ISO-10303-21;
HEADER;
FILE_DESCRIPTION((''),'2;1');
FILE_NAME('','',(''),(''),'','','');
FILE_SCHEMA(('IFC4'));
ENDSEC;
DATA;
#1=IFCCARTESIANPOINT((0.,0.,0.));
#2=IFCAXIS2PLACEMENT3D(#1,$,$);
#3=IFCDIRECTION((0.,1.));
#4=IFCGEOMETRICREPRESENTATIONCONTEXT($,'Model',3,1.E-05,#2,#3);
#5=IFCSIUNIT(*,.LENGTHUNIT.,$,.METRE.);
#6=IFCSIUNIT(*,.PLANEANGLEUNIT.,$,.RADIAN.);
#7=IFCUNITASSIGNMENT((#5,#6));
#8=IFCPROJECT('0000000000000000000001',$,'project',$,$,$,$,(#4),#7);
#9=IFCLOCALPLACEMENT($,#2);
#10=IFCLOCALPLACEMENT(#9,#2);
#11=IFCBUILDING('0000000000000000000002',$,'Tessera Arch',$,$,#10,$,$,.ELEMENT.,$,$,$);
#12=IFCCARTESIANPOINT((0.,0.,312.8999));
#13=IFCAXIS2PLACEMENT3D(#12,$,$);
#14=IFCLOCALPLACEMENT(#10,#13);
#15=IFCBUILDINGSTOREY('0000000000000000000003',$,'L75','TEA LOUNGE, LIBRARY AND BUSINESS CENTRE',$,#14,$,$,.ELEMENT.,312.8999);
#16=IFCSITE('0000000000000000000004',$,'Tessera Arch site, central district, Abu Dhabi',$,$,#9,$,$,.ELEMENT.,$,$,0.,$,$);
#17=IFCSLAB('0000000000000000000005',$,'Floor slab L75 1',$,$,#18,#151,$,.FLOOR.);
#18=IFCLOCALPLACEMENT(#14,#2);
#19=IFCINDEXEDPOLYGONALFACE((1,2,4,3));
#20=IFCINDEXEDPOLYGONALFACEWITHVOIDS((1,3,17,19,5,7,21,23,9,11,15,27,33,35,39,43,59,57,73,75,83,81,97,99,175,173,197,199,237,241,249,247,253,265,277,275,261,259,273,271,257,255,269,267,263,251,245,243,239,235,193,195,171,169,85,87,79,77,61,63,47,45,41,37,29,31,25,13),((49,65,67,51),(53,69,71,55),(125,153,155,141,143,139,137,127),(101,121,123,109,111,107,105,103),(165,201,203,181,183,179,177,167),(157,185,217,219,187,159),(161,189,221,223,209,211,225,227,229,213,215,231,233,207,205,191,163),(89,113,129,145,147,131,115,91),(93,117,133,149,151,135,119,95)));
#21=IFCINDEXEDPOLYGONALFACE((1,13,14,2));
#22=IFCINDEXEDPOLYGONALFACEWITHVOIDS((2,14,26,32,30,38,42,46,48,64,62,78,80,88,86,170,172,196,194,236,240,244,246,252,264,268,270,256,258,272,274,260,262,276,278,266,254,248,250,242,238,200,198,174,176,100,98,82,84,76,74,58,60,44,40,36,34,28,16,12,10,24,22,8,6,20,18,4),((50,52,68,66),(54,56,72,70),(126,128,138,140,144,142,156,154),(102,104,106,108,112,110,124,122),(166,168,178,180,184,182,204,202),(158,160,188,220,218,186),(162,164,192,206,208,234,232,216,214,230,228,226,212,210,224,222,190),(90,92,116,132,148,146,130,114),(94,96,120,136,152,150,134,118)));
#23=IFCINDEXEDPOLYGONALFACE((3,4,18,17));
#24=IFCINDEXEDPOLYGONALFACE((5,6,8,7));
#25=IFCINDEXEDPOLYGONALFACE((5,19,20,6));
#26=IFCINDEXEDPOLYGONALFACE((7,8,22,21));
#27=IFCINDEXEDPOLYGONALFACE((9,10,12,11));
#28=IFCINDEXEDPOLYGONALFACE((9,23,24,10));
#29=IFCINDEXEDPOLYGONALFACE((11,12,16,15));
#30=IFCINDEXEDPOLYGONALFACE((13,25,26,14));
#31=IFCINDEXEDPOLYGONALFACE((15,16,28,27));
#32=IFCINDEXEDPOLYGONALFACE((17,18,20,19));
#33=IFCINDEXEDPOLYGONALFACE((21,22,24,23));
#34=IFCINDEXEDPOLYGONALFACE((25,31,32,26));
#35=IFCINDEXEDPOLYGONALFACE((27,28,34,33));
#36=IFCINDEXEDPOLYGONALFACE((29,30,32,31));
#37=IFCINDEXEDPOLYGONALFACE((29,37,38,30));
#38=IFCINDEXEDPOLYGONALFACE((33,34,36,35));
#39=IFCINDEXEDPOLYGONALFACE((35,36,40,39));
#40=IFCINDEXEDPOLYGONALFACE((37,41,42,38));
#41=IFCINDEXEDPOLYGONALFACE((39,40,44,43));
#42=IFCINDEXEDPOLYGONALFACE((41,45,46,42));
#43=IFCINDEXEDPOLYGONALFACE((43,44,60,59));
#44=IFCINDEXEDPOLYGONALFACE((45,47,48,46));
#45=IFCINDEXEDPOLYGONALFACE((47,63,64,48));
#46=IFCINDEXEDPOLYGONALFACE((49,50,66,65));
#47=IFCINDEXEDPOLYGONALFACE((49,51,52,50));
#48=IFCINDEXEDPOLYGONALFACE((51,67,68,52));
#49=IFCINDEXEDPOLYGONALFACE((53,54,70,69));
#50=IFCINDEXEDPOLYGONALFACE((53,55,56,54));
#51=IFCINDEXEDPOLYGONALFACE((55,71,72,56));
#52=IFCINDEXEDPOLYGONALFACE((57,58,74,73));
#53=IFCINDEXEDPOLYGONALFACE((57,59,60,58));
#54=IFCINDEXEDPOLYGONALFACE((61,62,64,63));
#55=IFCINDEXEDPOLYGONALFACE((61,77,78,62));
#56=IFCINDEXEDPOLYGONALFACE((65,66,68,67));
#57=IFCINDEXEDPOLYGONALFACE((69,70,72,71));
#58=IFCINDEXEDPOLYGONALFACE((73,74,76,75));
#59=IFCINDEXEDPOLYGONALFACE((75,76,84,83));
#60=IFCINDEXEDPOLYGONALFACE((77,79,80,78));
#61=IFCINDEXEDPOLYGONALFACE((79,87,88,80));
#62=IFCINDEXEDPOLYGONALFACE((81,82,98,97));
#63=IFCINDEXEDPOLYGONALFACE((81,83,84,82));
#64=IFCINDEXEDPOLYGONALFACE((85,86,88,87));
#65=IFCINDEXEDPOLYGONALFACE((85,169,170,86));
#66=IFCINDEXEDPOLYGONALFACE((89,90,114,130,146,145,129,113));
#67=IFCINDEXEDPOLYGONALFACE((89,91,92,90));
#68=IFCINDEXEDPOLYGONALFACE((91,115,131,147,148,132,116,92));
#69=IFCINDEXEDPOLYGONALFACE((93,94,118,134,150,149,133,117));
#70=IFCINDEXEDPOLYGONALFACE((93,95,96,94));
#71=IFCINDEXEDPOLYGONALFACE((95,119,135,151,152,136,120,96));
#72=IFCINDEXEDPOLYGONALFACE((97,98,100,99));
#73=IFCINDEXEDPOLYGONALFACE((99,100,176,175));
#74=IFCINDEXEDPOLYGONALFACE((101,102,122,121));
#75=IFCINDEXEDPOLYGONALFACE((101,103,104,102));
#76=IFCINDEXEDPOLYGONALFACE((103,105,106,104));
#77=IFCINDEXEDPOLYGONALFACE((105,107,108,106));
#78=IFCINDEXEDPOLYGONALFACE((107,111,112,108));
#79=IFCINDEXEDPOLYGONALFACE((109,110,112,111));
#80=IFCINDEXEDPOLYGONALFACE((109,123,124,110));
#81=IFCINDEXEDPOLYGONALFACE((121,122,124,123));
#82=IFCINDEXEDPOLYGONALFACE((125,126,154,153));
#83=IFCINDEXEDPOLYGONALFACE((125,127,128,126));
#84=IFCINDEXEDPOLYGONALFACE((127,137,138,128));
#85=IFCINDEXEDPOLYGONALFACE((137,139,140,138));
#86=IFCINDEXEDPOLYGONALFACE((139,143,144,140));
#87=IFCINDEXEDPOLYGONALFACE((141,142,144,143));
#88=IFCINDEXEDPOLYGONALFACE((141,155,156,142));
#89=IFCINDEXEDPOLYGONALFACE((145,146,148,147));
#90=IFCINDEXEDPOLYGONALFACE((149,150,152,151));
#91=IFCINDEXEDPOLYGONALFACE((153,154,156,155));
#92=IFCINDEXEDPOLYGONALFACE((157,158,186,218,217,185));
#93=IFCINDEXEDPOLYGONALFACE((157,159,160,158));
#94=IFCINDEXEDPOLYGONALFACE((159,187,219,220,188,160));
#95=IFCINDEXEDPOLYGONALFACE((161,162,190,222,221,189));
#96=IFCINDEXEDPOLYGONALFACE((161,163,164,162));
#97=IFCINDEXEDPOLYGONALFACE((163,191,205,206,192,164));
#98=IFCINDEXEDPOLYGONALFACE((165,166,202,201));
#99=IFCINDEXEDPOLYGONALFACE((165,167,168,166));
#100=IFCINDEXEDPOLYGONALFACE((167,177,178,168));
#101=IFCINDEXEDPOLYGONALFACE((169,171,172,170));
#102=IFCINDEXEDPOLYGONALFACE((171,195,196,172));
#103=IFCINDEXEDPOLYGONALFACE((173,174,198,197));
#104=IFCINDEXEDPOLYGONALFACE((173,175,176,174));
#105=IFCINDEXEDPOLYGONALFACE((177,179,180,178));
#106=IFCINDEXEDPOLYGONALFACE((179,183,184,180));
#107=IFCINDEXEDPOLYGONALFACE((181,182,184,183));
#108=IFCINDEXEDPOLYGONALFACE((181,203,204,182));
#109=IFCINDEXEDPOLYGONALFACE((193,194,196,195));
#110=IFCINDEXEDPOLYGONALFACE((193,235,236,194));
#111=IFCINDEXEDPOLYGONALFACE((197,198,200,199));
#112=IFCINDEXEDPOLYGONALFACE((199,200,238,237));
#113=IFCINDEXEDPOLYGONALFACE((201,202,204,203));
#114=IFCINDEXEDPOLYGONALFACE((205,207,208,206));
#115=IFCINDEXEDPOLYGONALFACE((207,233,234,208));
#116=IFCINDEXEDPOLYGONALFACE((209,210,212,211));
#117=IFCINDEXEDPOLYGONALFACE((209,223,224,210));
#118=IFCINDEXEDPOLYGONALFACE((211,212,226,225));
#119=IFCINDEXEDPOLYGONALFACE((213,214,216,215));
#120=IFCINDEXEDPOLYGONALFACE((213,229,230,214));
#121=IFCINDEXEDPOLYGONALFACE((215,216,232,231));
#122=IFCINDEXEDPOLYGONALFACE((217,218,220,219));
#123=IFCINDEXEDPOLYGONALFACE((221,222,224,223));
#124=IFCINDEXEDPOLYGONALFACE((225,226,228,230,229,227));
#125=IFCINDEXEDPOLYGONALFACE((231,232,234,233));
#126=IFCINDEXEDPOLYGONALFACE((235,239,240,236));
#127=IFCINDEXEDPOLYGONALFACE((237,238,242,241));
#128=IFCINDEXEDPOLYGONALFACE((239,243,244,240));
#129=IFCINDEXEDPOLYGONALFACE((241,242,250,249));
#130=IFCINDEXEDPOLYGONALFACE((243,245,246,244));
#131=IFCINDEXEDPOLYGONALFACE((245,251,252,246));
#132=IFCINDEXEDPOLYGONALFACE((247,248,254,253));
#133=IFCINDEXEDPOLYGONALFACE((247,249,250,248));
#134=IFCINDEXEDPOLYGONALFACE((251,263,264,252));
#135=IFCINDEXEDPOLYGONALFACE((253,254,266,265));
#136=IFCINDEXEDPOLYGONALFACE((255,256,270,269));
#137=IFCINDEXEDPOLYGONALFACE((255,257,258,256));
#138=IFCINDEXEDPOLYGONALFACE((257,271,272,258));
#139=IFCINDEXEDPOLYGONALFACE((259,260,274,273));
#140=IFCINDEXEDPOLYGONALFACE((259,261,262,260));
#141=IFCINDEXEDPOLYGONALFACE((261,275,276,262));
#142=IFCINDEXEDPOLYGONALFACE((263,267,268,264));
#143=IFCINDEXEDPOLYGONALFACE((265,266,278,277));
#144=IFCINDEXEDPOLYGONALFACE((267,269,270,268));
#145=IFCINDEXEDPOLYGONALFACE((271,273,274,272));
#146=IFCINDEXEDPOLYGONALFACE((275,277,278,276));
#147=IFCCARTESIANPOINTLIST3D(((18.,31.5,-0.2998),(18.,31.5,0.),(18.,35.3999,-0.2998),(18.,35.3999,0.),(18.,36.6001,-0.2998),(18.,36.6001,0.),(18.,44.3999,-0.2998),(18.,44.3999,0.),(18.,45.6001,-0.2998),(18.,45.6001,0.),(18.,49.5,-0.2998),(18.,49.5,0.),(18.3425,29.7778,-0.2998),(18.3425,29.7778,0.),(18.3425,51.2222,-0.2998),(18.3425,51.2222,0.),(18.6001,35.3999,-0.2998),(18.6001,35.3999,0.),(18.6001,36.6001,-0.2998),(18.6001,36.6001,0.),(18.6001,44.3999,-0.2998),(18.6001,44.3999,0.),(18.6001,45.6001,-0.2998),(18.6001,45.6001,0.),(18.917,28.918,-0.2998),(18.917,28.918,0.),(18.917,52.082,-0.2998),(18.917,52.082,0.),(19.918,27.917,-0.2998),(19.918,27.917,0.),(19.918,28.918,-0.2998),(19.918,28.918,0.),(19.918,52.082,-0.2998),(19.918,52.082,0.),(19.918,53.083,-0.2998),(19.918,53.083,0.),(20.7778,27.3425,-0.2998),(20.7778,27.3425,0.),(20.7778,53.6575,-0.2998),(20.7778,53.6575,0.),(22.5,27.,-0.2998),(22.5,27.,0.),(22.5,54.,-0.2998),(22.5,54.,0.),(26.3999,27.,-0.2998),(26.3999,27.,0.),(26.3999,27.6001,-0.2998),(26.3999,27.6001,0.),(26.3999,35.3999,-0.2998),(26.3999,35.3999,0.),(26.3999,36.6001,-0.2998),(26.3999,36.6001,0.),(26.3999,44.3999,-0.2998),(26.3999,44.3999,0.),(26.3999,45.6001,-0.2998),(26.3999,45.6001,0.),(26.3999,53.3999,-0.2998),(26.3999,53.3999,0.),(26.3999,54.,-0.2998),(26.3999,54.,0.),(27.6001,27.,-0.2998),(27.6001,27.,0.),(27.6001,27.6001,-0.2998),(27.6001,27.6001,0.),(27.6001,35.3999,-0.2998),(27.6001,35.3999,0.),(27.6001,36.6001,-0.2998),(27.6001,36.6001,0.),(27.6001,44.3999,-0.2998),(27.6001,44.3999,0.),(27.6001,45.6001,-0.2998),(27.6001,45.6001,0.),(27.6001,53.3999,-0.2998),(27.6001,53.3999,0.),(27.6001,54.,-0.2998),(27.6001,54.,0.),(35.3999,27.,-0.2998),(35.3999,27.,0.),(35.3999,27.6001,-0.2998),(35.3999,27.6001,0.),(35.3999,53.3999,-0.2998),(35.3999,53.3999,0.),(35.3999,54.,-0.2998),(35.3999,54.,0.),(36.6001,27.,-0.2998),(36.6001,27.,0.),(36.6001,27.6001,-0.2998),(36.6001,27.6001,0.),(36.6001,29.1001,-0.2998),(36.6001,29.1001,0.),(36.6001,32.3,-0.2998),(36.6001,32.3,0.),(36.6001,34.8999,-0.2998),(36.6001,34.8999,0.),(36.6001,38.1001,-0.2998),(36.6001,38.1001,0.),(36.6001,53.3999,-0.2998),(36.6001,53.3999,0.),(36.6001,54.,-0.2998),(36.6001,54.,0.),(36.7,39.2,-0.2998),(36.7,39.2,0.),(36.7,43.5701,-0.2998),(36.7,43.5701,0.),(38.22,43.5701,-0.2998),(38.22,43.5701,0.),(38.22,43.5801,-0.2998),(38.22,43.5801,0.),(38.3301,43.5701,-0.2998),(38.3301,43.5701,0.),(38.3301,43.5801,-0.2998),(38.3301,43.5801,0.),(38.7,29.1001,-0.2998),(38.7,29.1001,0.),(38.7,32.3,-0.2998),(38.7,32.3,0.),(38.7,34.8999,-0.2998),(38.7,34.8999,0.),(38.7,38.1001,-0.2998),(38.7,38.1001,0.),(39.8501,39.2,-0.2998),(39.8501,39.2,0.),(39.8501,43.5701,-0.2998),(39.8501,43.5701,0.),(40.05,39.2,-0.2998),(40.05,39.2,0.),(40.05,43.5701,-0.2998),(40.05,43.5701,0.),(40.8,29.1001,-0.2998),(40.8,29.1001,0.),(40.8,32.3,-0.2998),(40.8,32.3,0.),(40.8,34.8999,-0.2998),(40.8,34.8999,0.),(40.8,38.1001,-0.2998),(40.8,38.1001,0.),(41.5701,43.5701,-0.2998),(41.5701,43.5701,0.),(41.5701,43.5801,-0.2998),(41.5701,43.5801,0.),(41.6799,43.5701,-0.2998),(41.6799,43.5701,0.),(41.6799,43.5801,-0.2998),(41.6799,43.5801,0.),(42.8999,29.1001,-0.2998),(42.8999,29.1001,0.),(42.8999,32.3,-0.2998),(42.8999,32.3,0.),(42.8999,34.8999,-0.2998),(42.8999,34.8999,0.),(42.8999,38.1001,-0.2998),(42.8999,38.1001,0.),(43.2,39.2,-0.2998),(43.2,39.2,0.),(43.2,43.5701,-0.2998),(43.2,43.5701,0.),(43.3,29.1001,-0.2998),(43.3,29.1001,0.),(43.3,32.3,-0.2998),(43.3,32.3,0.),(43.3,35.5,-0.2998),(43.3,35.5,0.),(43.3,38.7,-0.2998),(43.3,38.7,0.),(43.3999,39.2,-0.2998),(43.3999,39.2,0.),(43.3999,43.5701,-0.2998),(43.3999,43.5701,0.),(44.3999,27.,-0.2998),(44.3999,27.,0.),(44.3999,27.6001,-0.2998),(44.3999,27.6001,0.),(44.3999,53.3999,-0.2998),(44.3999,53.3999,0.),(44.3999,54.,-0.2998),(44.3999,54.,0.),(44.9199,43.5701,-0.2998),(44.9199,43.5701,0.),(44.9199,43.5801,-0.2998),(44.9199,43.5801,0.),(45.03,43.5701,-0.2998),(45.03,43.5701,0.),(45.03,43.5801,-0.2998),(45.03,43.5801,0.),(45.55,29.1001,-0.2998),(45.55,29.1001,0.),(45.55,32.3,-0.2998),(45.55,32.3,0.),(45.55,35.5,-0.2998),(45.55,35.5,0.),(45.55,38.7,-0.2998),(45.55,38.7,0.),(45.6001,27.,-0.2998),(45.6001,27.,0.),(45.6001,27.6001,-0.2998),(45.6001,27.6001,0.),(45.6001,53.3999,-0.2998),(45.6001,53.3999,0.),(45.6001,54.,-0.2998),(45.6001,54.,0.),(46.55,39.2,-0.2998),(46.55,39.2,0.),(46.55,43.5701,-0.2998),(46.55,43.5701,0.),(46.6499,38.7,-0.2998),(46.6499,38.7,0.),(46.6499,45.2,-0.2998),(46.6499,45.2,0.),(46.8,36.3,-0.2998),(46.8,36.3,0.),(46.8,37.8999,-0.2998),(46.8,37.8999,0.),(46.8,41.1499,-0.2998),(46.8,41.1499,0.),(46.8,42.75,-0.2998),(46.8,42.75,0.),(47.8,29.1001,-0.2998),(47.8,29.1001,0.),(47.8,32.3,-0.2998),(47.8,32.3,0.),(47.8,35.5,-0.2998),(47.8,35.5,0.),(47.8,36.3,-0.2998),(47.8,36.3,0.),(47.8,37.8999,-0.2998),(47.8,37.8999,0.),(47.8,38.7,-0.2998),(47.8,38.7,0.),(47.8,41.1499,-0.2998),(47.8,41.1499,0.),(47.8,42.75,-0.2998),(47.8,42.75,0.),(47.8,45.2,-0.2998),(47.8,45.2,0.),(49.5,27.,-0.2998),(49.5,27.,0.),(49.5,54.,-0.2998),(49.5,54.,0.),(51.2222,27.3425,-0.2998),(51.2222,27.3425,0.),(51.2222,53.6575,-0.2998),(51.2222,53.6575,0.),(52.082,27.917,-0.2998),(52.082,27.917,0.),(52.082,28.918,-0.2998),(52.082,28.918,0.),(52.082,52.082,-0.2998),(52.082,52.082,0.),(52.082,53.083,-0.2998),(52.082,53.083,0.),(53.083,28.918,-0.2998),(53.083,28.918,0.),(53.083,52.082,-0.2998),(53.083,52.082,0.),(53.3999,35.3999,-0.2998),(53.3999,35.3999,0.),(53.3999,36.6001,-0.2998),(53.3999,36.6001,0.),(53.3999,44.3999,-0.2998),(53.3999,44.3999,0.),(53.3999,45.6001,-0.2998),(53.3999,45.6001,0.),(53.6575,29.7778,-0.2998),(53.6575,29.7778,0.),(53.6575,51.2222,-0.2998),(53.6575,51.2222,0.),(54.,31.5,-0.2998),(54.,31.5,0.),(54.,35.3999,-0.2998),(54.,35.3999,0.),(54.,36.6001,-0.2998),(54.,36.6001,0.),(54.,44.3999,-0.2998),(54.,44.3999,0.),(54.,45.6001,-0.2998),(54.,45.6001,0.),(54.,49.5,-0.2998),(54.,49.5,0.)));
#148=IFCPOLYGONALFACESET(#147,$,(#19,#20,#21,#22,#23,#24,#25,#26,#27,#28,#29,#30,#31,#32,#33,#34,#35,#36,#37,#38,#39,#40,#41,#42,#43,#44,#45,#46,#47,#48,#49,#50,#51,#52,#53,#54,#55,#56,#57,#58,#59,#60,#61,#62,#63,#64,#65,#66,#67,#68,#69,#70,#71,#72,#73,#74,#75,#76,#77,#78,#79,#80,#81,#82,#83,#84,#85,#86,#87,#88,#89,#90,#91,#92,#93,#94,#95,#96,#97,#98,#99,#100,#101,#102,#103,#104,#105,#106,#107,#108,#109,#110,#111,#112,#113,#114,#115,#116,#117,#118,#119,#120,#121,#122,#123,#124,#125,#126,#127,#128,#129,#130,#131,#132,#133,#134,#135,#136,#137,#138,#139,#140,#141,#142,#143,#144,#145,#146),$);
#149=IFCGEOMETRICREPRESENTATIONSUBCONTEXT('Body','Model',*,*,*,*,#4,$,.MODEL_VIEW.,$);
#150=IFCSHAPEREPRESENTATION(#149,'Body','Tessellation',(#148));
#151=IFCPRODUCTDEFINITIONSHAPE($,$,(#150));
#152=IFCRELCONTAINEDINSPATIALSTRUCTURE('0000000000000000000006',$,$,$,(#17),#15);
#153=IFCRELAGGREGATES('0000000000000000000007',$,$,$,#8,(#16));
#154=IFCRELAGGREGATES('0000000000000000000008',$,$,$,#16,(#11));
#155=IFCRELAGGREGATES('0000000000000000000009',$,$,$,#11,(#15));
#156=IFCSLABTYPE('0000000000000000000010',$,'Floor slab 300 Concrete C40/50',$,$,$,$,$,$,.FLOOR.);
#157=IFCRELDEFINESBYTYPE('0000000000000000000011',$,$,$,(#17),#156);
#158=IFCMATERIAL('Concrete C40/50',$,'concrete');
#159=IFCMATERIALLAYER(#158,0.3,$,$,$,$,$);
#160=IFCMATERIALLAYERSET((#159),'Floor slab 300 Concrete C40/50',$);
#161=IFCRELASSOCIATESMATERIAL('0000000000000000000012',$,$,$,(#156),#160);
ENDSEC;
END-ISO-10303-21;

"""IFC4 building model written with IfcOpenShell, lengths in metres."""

from ifc_helpers import new_model, si_unit, direction, frame, origin, place, context, subcontext, project, spatial, polyline, outline, extrude, material, layer, layer_set, type_object, element, save


model = new_model("IFC4")

# Units and contexts
model_context = context("Model", 3, precision=1e-05, world=origin(), true_north=direction((0.0, 1.0)))
body_context = subcontext(model_context, "Body", "Model", "MODEL_VIEW")
ifc_project = project(units=[si_unit("LENGTHUNIT", "METRE"), si_unit("PLANEANGLEUNIT", "RADIAN")], contexts=[model_context])

# Site, building, storey
site_placement = place(None, origin())
site = spatial("IfcSite", under=ifc_project, at=site_placement, Name="Tessera Arch site, central district, Abu Dhabi", CompositionType="ELEMENT", RefElevation=0.0)
building_placement = place(site_placement, origin())
building = spatial("IfcBuilding", under=site, at=building_placement, Name="Tessera Arch", CompositionType="ELEMENT")
storey_placement = place(building_placement, frame((0.0, 0.0, 312.8999)))
storey = spatial("IfcBuildingStorey", under=building, at=storey_placement, Name="L75", Description="TEA LOUNGE, LIBRARY AND BUSINESS CENTRE", CompositionType="ELEMENT", Elevation=312.8999)

# Slab
ifc_material_1 = material(Name="Concrete C40/50", Category="concrete")
ifc_layer_1 = layer(ifc_material_1, 0.3)
ifc_layer_set_1 = layer_set([ifc_layer_1], Name="Floor slab 300 Concrete C40/50")
slab_type = type_object("IfcSlabType", Name="Floor slab 300 Concrete C40/50", PredefinedType="FLOOR", material=ifc_layer_set_1)
slab_placement = place(storey_placement, frame((0.0, 0.0, -0.2998)))
element("IfcSlab", 1, at=slab_placement, inside=storey, type_object=slab_type, Name="Floor slab L75 1", PredefinedType="FLOOR", context=body_context, shape_type="SweptSolid", body=[
    extrude(outline(polyline([(54.0, 31.5), (53.6575, 29.7778), (53.083, 28.918), (52.082, 28.918), (52.082, 27.917), (51.2222, 27.3425), (49.5, 27.0), (45.6001, 27.0), (45.6001, 27.6001), (44.3999, 27.6001), (44.3999, 27.0), (36.6001, 27.0), (36.6001, 27.6001), (35.3999, 27.6001), (35.3999, 27.0), (27.6001, 27.0), (27.6001, 27.6001), (26.3999, 27.6001), (26.3999, 27.0), (22.5, 27.0), (20.7778, 27.3425), (19.918, 27.917), (19.918, 28.918), (18.917, 28.918), (18.3425, 29.7778), (18.0, 31.5), (18.0, 35.3999), (18.6001, 35.3999), (18.6001, 36.6001), (18.0, 36.6001), (18.0, 44.3999), (18.6001, 44.3999), (18.6001, 45.6001), (18.0, 45.6001), (18.0, 49.5), (18.3425, 51.2222), (18.917, 52.082), (19.918, 52.082), (19.918, 53.083), (20.7778, 53.6575), (22.5, 54.0), (26.3999, 54.0), (26.3999, 53.3999), (27.6001, 53.3999), (27.6001, 54.0), (35.3999, 54.0), (35.3999, 53.3999), (36.6001, 53.3999), (36.6001, 54.0), (44.3999, 54.0), (44.3999, 53.3999), (45.6001, 53.3999), (45.6001, 54.0), (49.5, 54.0), (51.2222, 53.6575), (52.082, 53.083), (52.082, 52.082), (53.083, 52.082), (53.6575, 51.2222), (54.0, 49.5), (54.0, 45.6001), (53.3999, 45.6001), (53.3999, 44.3999), (54.0, 44.3999), (54.0, 36.6001), (53.3999, 36.6001), (53.3999, 35.3999), (54.0, 35.3999), (54.0, 31.5)]), holes=[polyline([(40.8, 29.1001), (42.8999, 29.1001), (42.8999, 32.3), (40.8, 32.3), (38.7, 32.3), (36.6001, 32.3), (36.6001, 29.1001), (38.7, 29.1001), (40.8, 29.1001)]), polyline([(27.6001, 35.3999), (27.6001, 36.6001), (26.3999, 36.6001), (26.3999, 35.3999), (27.6001, 35.3999)]), polyline([(40.8, 34.8999), (42.8999, 34.8999), (42.8999, 38.1001), (40.8, 38.1001), (38.7, 38.1001), (36.6001, 38.1001), (36.6001, 34.8999), (38.7, 34.8999), (40.8, 34.8999)]), polyline([(38.22, 43.5801), (38.22, 43.5701), (36.7, 43.5701), (36.7, 39.2), (39.8501, 39.2), (39.8501, 43.5701), (38.3301, 43.5701), (38.3301, 43.5801), (38.22, 43.5801)]), polyline([(27.6001, 44.3999), (27.6001, 45.6001), (26.3999, 45.6001), (26.3999, 44.3999), (27.6001, 44.3999)]), polyline([(47.8, 32.3), (45.55, 32.3), (43.3, 32.3), (43.3, 29.1001), (45.55, 29.1001), (47.8, 29.1001), (47.8, 32.3)]), polyline([(46.6499, 38.7), (45.55, 38.7), (43.3, 38.7), (43.3, 35.5), (45.55, 35.5), (47.8, 35.5), (47.8, 36.3), (46.8, 36.3), (46.8, 37.8999), (47.8, 37.8999), (47.8, 38.7), (47.8, 41.1499), (46.8, 41.1499), (46.8, 42.75), (47.8, 42.75), (47.8, 45.2), (46.6499, 45.2), (46.6499, 38.7)]), polyline([(41.5701, 43.5801), (41.5701, 43.5701), (40.05, 43.5701), (40.05, 39.2), (43.2, 39.2), (43.2, 43.5701), (41.6799, 43.5701), (41.6799, 43.5801), (41.5701, 43.5801)]), polyline([(44.9199, 43.5801), (44.9199, 43.5701), (43.3999, 43.5701), (43.3999, 39.2), (46.55, 39.2), (46.55, 43.5701), (45.03, 43.5701), (45.03, 43.5801), (44.9199, 43.5801)])]), origin(), (0.0, 0.0, 1.0), 0.2998),
])

save(model, "model.ifc")
